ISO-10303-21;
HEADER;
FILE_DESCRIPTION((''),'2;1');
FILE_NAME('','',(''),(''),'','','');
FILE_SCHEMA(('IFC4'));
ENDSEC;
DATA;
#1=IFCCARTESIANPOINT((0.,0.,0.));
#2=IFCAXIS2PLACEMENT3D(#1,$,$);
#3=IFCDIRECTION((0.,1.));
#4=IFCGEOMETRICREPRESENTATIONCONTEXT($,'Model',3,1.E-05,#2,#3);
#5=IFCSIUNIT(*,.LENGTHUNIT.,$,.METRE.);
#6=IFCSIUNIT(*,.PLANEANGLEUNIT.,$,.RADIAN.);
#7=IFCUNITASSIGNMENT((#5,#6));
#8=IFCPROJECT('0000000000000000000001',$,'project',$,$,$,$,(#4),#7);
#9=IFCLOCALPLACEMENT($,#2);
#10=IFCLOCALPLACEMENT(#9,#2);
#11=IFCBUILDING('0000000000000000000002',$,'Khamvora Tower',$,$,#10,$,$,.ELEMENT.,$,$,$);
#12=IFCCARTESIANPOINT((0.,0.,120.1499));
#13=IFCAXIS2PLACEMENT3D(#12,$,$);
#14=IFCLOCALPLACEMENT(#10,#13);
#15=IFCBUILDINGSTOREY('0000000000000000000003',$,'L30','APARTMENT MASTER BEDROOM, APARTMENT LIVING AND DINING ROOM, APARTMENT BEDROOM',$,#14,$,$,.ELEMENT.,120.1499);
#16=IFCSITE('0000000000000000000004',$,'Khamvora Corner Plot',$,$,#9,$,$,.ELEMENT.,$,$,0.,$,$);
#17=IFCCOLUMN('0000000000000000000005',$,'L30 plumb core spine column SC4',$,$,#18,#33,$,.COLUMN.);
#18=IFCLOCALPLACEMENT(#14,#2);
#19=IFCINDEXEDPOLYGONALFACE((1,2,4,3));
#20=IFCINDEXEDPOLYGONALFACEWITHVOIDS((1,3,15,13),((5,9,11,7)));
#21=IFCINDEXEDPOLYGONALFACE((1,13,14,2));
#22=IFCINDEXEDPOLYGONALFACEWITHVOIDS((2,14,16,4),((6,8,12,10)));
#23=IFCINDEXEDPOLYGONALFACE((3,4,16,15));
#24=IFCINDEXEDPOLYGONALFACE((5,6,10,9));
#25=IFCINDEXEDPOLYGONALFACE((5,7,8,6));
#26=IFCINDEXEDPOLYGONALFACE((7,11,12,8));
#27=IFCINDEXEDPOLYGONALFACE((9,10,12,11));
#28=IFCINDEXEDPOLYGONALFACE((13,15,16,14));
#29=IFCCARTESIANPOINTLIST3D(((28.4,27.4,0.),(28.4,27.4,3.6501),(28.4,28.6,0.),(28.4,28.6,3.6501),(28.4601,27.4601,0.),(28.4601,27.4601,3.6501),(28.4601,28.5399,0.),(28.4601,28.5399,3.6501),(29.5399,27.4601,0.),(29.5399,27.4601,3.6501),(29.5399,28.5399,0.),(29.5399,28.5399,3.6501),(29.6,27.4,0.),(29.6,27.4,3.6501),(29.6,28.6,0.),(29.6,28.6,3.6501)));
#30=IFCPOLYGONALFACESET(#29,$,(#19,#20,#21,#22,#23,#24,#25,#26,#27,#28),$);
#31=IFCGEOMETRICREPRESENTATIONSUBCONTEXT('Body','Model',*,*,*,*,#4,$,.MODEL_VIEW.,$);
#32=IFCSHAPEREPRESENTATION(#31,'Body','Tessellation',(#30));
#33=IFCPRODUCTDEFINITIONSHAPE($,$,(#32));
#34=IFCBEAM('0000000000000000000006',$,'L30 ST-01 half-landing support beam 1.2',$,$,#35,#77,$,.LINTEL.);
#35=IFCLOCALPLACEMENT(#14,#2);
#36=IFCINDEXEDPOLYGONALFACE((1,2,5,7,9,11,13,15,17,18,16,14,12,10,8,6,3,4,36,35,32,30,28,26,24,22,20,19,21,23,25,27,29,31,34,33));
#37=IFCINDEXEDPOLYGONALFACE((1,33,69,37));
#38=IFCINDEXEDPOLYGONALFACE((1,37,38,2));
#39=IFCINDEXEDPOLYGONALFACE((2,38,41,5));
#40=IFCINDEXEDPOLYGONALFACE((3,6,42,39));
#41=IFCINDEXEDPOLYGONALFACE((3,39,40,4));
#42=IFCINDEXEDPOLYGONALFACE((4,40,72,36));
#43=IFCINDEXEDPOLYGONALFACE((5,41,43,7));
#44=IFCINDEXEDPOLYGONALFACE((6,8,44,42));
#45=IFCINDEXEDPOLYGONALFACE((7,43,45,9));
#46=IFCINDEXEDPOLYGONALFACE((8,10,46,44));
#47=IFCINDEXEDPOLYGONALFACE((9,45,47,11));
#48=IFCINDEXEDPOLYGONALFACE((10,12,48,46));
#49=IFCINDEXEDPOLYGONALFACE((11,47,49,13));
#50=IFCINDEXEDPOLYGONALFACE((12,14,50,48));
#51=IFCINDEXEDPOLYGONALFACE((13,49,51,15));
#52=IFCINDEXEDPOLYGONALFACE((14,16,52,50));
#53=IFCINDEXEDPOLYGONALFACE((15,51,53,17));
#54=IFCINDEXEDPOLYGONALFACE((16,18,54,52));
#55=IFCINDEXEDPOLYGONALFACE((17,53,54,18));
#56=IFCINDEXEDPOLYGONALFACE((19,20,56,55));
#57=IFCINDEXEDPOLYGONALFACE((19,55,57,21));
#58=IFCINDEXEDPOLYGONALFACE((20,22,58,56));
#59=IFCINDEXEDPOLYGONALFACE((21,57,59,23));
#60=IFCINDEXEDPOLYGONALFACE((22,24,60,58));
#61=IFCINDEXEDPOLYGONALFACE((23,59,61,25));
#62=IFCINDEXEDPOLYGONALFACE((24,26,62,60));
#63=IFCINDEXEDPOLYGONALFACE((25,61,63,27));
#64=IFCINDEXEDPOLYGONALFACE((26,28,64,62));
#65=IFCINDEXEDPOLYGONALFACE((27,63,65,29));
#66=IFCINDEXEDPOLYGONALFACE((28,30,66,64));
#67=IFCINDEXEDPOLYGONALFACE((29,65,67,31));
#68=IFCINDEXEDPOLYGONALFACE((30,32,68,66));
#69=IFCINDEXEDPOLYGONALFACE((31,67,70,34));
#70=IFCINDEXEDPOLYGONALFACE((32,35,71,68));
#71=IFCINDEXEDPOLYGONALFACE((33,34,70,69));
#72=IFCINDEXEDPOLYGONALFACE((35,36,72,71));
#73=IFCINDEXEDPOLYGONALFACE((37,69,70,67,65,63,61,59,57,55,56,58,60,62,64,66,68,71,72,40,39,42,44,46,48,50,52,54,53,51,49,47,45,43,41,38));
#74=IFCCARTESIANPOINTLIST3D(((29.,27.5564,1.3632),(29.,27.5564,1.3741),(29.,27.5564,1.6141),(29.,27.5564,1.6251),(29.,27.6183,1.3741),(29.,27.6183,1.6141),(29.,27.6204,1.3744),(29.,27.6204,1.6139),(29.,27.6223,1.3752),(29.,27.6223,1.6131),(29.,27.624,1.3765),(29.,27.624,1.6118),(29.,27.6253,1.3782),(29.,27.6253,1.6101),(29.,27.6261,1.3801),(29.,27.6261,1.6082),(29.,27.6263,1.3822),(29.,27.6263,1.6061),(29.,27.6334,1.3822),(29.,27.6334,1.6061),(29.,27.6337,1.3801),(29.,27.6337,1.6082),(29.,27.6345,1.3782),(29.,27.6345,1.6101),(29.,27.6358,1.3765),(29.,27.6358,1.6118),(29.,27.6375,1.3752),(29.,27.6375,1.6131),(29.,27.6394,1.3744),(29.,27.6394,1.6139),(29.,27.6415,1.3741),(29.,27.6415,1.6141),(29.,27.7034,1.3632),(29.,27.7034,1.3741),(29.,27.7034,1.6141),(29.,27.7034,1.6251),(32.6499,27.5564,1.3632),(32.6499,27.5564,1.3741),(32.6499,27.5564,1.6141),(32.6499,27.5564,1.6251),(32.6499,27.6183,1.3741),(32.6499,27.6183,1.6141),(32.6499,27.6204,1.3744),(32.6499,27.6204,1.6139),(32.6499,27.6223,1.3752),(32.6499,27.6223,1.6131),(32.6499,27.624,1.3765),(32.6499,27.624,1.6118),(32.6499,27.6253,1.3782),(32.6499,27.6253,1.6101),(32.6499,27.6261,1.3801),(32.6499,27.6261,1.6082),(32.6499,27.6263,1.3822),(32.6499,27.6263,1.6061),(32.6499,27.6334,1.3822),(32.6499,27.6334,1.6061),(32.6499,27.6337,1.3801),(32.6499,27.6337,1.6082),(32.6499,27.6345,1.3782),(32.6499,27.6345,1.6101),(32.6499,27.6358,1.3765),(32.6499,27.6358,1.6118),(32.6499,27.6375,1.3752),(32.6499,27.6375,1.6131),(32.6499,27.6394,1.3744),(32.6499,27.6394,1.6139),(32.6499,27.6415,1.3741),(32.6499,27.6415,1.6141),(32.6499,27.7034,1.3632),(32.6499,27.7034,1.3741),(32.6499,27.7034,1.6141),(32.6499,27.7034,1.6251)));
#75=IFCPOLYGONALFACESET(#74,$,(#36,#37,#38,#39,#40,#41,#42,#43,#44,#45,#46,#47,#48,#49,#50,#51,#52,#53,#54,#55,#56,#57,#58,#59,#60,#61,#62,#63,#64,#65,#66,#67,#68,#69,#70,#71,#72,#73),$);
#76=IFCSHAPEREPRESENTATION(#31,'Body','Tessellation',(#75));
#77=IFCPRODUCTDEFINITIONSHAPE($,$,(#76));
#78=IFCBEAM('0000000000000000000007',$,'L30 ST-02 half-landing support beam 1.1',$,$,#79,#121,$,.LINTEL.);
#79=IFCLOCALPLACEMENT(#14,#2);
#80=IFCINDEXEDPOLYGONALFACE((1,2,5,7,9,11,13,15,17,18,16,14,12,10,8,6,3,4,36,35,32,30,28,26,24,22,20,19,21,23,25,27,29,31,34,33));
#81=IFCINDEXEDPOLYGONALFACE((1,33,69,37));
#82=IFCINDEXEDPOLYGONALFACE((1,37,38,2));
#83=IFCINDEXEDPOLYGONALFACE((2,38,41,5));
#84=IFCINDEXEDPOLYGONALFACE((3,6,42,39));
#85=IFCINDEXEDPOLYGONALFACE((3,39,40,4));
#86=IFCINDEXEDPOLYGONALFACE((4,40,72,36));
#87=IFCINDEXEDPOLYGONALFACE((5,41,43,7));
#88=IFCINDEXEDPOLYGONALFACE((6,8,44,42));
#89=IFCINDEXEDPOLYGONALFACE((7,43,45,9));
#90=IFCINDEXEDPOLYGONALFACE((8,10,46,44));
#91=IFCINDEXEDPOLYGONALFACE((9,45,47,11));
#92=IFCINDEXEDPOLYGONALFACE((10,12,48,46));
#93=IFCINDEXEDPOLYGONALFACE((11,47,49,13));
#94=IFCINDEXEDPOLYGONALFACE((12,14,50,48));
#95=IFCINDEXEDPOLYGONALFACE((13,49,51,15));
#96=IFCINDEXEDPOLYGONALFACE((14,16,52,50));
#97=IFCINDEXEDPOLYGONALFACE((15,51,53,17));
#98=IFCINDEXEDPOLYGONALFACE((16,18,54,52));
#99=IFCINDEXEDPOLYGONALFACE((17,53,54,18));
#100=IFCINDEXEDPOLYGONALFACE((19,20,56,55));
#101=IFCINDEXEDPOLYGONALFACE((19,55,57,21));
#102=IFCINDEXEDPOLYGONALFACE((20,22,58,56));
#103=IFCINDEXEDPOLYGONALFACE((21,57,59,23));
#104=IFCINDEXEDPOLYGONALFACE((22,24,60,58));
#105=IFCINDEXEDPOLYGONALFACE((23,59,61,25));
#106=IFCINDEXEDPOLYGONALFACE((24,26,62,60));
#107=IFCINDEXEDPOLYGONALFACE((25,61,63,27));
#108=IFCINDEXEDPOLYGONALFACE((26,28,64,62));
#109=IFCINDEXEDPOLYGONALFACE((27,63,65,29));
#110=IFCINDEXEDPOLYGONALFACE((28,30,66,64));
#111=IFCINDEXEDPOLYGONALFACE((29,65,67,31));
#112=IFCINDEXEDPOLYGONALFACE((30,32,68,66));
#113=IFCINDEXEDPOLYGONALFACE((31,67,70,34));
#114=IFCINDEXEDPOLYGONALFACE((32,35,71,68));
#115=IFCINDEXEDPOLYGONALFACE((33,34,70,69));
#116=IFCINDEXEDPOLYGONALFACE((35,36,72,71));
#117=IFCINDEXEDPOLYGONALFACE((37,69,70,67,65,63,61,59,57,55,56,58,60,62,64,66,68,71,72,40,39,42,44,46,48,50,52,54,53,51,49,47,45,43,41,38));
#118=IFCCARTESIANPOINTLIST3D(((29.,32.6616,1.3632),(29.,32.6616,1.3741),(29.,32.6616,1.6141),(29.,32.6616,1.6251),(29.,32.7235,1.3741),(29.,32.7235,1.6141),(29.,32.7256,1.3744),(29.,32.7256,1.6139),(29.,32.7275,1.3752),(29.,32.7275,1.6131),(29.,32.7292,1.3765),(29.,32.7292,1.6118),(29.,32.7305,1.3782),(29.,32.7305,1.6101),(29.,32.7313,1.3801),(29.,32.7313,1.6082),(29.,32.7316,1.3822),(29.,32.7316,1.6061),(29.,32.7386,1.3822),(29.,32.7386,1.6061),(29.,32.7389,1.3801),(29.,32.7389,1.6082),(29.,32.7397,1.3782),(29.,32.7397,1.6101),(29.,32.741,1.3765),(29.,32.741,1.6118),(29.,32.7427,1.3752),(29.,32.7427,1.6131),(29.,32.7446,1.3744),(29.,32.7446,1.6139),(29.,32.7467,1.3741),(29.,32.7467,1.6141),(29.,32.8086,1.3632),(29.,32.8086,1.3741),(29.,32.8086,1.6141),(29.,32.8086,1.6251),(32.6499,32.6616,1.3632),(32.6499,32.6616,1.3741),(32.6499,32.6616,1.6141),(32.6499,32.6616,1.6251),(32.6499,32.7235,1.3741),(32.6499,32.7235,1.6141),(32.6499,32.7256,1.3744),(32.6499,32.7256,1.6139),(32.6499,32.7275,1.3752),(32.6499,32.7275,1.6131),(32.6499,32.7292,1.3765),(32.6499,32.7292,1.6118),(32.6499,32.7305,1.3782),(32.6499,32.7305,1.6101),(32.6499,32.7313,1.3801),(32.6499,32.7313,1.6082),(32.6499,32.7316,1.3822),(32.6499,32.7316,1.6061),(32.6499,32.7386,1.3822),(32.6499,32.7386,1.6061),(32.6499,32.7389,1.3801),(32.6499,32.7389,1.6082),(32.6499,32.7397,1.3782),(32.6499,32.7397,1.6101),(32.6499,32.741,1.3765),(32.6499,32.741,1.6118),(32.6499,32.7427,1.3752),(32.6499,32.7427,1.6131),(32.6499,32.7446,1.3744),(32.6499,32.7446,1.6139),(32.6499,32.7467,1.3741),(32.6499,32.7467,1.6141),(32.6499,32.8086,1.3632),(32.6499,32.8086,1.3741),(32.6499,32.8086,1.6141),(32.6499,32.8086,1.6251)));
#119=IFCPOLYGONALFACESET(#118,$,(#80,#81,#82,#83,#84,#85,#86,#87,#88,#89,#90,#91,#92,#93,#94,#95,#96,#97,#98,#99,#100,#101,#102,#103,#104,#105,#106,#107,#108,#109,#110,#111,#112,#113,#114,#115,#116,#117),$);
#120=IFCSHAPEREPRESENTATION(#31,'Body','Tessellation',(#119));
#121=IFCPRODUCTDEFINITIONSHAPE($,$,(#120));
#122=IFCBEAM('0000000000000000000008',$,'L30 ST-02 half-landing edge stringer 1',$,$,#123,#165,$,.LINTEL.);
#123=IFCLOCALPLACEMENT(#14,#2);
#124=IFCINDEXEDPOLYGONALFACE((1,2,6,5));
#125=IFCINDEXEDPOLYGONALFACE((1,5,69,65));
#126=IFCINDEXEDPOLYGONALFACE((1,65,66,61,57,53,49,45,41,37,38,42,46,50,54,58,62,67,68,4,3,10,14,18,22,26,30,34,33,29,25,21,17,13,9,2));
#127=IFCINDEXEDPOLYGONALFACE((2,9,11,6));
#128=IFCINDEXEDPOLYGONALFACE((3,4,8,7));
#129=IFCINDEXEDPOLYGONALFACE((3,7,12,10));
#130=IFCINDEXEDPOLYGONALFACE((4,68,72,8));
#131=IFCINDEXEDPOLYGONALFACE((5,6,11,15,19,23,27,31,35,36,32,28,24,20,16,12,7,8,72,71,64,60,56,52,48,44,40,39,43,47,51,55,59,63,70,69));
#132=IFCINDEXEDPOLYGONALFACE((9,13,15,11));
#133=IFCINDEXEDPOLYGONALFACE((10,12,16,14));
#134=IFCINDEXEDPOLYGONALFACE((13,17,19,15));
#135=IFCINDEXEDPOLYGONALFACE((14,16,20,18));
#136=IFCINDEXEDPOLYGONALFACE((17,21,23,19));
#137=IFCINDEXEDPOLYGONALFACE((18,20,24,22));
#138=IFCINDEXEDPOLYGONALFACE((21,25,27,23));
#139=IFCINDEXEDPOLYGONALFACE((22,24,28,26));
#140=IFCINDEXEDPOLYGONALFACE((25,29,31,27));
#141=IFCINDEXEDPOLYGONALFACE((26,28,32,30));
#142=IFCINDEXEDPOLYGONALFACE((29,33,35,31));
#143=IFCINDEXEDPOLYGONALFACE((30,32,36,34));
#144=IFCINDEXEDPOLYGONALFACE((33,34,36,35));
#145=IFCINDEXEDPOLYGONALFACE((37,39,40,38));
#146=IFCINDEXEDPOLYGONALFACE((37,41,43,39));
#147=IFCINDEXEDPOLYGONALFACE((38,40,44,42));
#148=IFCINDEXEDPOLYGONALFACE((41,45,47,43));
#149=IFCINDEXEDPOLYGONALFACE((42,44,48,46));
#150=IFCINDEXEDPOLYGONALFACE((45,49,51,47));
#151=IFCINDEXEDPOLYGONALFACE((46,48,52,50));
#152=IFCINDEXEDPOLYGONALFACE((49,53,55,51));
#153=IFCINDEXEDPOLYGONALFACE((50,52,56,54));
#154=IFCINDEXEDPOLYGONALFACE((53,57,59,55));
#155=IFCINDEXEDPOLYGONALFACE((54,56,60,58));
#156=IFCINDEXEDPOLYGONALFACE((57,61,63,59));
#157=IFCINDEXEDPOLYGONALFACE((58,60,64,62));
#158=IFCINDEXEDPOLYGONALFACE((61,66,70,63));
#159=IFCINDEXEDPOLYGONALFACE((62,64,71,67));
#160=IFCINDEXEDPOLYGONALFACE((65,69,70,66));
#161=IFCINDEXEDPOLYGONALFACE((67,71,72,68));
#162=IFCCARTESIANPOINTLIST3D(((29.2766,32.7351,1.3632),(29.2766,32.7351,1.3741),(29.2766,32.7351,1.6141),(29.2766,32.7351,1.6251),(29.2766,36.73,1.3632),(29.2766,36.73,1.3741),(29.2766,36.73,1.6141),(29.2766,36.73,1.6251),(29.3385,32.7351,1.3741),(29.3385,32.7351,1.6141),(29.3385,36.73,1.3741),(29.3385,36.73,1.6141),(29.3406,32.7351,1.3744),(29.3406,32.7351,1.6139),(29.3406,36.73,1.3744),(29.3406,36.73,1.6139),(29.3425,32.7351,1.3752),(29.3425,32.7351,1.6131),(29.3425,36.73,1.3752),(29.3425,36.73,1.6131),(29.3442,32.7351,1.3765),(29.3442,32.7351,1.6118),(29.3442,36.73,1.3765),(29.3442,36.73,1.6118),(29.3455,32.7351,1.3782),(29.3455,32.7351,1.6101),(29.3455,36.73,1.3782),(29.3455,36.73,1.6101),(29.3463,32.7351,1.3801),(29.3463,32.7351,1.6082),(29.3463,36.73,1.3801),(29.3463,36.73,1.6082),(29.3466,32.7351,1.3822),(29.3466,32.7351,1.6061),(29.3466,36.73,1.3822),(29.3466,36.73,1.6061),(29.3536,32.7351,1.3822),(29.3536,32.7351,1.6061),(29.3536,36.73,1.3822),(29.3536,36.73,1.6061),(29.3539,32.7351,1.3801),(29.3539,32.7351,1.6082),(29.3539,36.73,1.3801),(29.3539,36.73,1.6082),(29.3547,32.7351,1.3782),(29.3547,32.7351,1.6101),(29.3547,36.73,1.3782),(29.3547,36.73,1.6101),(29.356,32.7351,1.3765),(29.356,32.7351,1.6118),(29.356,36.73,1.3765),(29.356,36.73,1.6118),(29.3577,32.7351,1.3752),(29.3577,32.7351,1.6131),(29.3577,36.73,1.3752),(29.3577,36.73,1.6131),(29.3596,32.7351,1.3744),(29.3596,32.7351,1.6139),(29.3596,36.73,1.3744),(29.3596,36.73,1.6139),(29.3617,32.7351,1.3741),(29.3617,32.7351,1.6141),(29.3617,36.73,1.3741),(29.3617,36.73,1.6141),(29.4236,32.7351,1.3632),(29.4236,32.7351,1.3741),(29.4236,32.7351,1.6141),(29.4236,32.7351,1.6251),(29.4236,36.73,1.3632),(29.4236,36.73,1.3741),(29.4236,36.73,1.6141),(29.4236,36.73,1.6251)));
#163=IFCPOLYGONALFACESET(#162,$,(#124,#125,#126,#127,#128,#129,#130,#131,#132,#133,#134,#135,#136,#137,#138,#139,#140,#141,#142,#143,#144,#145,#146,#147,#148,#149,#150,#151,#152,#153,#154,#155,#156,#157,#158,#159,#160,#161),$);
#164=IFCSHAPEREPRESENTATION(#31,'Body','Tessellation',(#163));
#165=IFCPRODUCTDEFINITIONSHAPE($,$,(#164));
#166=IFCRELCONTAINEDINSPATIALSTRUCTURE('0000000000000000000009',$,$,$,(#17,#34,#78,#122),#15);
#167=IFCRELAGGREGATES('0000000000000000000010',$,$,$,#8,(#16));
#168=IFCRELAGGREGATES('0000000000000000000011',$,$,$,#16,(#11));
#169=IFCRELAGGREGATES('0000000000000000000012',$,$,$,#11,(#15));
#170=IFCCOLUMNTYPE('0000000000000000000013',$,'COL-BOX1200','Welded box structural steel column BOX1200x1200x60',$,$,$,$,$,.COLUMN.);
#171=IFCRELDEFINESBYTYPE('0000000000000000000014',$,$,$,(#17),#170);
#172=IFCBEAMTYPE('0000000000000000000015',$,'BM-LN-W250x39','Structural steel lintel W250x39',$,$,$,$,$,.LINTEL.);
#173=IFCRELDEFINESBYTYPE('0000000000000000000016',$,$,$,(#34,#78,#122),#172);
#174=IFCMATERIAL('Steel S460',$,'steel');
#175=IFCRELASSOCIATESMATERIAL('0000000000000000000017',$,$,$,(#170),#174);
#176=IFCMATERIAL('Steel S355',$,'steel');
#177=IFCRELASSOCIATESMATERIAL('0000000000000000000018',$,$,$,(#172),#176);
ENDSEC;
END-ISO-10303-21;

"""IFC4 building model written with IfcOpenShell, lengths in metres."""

from ifc_helpers import new_model, si_unit, direction, frame, origin, origin_2d, place, context, subcontext, project, spatial, hollow_rectangle, i_section, extrude, material, material_profile, profile_set, type_object, element, save


model = new_model("IFC4")

# Units and contexts
model_context = context("Model", 3, precision=1e-05, world=origin(), true_north=direction((0.0, 1.0)))
body_context = subcontext(model_context, "Body", "Model", "MODEL_VIEW")
ifc_project = project(units=[si_unit("LENGTHUNIT", "METRE"), si_unit("PLANEANGLEUNIT", "RADIAN")], contexts=[model_context])

# Site, building, storey
site_placement = place(None, origin())
site = spatial("IfcSite", under=ifc_project, at=site_placement, Name="Khamvora Corner Plot", CompositionType="ELEMENT", RefElevation=0.0)
building_placement = place(site_placement, origin())
building = spatial("IfcBuilding", under=site, at=building_placement, Name="Khamvora Tower", CompositionType="ELEMENT")
storey_placement = place(building_placement, frame((0.0, 0.0, 120.1499)))
storey = spatial("IfcBuildingStorey", under=building, at=storey_placement, Name="L30", Description="APARTMENT MASTER BEDROOM, APARTMENT LIVING AND DINING ROOM, APARTMENT BEDROOM", CompositionType="ELEMENT", Elevation=120.1499)

# Column
ifc_material_1 = material(Name="Steel S460", Category="steel")
ifc_material_profile_1 = material_profile(ifc_material_1, hollow_rectangle(XDim=1.2, YDim=1.2, WallThickness=0.0601, at=origin_2d()), Name="BOX1200x1200x60")
ifc_profile_set_1 = profile_set([ifc_material_profile_1], Name="Steel S460")
column_type = type_object("IfcColumnType", Name="COL-BOX1200", Description="Welded box structural steel column BOX1200x1200x60", PredefinedType="COLUMN", material=ifc_profile_set_1)
column_placement = place(storey_placement, frame((29.0, 28.0, 0.0), z_axis=(0.0, 0.0, 1.0), x_axis=(1.0, 0.0, 0.0)))
element("IfcColumn", 1, at=column_placement, inside=storey, type_object=column_type, Name="L30 plumb core spine column SC4", PredefinedType="COLUMN", context=body_context, shape_type="SweptSolid", body=[
    extrude(hollow_rectangle(XDim=1.2, YDim=1.2, WallThickness=0.0601, at=origin_2d()), origin(), (0.0, 0.0, 1.0), 3.6501),
])

# Beams
ifc_material_2 = material(Name="Steel S355", Category="steel")
ifc_material_profile_2 = material_profile(ifc_material_2, i_section(OverallWidth=0.147, OverallDepth=0.262, WebThickness=0.0071, FlangeThickness=0.011, FilletRadius=0.0081, at=origin_2d()), Name="W250x39")
ifc_profile_set_2 = profile_set([ifc_material_profile_2], Name="Steel S355")
beam_type_1 = type_object("IfcBeamType", Name="BM-LN-W250x39", Description="Structural steel lintel W250x39", PredefinedType="LINTEL", material=ifc_profile_set_2)
for number, where, z_axis, x_axis, name in (
    (2, (29.0, 27.6299, 1.4941), (1.0, 0.0, 0.0), (0.0, 1.0, 0.0), "L30 ST-01 half-landing support beam 1.2"),
    (3, (29.0, 32.7351, 1.4941), (1.0, 0.0, 0.0), (0.0, 1.0, 0.0), "L30 ST-02 half-landing support beam 1.1"),
):
    element("IfcBeam", number, at=place(storey_placement, frame(where, z_axis=z_axis, x_axis=x_axis)), inside=storey, type_object=beam_type_1, Name=name, PredefinedType="LINTEL", context=body_context, shape_type="SweptSolid", body=[
        extrude(i_section(OverallWidth=0.147, OverallDepth=0.262, WebThickness=0.0071, FlangeThickness=0.011, FilletRadius=0.0081, at=origin_2d()), origin(), (0.0, 0.0, 1.0), 3.6499),
    ])
beam_1_placement = place(storey_placement, frame((29.3501, 32.7351, 1.4941), z_axis=(0.0, 1.0, 0.0), x_axis=(-1.0, 0.0, 0.0)))
element("IfcBeam", 4, at=beam_1_placement, inside=storey, type_object=beam_type_1, Name="L30 ST-02 half-landing edge stringer 1", PredefinedType="LINTEL", context=body_context, shape_type="SweptSolid", body=[
    extrude(i_section(OverallWidth=0.147, OverallDepth=0.262, WebThickness=0.0071, FlangeThickness=0.011, FilletRadius=0.0081, at=origin_2d()), origin(), (0.0, 0.0, 1.0), 3.9949),
])

save(model, "model.ifc")
